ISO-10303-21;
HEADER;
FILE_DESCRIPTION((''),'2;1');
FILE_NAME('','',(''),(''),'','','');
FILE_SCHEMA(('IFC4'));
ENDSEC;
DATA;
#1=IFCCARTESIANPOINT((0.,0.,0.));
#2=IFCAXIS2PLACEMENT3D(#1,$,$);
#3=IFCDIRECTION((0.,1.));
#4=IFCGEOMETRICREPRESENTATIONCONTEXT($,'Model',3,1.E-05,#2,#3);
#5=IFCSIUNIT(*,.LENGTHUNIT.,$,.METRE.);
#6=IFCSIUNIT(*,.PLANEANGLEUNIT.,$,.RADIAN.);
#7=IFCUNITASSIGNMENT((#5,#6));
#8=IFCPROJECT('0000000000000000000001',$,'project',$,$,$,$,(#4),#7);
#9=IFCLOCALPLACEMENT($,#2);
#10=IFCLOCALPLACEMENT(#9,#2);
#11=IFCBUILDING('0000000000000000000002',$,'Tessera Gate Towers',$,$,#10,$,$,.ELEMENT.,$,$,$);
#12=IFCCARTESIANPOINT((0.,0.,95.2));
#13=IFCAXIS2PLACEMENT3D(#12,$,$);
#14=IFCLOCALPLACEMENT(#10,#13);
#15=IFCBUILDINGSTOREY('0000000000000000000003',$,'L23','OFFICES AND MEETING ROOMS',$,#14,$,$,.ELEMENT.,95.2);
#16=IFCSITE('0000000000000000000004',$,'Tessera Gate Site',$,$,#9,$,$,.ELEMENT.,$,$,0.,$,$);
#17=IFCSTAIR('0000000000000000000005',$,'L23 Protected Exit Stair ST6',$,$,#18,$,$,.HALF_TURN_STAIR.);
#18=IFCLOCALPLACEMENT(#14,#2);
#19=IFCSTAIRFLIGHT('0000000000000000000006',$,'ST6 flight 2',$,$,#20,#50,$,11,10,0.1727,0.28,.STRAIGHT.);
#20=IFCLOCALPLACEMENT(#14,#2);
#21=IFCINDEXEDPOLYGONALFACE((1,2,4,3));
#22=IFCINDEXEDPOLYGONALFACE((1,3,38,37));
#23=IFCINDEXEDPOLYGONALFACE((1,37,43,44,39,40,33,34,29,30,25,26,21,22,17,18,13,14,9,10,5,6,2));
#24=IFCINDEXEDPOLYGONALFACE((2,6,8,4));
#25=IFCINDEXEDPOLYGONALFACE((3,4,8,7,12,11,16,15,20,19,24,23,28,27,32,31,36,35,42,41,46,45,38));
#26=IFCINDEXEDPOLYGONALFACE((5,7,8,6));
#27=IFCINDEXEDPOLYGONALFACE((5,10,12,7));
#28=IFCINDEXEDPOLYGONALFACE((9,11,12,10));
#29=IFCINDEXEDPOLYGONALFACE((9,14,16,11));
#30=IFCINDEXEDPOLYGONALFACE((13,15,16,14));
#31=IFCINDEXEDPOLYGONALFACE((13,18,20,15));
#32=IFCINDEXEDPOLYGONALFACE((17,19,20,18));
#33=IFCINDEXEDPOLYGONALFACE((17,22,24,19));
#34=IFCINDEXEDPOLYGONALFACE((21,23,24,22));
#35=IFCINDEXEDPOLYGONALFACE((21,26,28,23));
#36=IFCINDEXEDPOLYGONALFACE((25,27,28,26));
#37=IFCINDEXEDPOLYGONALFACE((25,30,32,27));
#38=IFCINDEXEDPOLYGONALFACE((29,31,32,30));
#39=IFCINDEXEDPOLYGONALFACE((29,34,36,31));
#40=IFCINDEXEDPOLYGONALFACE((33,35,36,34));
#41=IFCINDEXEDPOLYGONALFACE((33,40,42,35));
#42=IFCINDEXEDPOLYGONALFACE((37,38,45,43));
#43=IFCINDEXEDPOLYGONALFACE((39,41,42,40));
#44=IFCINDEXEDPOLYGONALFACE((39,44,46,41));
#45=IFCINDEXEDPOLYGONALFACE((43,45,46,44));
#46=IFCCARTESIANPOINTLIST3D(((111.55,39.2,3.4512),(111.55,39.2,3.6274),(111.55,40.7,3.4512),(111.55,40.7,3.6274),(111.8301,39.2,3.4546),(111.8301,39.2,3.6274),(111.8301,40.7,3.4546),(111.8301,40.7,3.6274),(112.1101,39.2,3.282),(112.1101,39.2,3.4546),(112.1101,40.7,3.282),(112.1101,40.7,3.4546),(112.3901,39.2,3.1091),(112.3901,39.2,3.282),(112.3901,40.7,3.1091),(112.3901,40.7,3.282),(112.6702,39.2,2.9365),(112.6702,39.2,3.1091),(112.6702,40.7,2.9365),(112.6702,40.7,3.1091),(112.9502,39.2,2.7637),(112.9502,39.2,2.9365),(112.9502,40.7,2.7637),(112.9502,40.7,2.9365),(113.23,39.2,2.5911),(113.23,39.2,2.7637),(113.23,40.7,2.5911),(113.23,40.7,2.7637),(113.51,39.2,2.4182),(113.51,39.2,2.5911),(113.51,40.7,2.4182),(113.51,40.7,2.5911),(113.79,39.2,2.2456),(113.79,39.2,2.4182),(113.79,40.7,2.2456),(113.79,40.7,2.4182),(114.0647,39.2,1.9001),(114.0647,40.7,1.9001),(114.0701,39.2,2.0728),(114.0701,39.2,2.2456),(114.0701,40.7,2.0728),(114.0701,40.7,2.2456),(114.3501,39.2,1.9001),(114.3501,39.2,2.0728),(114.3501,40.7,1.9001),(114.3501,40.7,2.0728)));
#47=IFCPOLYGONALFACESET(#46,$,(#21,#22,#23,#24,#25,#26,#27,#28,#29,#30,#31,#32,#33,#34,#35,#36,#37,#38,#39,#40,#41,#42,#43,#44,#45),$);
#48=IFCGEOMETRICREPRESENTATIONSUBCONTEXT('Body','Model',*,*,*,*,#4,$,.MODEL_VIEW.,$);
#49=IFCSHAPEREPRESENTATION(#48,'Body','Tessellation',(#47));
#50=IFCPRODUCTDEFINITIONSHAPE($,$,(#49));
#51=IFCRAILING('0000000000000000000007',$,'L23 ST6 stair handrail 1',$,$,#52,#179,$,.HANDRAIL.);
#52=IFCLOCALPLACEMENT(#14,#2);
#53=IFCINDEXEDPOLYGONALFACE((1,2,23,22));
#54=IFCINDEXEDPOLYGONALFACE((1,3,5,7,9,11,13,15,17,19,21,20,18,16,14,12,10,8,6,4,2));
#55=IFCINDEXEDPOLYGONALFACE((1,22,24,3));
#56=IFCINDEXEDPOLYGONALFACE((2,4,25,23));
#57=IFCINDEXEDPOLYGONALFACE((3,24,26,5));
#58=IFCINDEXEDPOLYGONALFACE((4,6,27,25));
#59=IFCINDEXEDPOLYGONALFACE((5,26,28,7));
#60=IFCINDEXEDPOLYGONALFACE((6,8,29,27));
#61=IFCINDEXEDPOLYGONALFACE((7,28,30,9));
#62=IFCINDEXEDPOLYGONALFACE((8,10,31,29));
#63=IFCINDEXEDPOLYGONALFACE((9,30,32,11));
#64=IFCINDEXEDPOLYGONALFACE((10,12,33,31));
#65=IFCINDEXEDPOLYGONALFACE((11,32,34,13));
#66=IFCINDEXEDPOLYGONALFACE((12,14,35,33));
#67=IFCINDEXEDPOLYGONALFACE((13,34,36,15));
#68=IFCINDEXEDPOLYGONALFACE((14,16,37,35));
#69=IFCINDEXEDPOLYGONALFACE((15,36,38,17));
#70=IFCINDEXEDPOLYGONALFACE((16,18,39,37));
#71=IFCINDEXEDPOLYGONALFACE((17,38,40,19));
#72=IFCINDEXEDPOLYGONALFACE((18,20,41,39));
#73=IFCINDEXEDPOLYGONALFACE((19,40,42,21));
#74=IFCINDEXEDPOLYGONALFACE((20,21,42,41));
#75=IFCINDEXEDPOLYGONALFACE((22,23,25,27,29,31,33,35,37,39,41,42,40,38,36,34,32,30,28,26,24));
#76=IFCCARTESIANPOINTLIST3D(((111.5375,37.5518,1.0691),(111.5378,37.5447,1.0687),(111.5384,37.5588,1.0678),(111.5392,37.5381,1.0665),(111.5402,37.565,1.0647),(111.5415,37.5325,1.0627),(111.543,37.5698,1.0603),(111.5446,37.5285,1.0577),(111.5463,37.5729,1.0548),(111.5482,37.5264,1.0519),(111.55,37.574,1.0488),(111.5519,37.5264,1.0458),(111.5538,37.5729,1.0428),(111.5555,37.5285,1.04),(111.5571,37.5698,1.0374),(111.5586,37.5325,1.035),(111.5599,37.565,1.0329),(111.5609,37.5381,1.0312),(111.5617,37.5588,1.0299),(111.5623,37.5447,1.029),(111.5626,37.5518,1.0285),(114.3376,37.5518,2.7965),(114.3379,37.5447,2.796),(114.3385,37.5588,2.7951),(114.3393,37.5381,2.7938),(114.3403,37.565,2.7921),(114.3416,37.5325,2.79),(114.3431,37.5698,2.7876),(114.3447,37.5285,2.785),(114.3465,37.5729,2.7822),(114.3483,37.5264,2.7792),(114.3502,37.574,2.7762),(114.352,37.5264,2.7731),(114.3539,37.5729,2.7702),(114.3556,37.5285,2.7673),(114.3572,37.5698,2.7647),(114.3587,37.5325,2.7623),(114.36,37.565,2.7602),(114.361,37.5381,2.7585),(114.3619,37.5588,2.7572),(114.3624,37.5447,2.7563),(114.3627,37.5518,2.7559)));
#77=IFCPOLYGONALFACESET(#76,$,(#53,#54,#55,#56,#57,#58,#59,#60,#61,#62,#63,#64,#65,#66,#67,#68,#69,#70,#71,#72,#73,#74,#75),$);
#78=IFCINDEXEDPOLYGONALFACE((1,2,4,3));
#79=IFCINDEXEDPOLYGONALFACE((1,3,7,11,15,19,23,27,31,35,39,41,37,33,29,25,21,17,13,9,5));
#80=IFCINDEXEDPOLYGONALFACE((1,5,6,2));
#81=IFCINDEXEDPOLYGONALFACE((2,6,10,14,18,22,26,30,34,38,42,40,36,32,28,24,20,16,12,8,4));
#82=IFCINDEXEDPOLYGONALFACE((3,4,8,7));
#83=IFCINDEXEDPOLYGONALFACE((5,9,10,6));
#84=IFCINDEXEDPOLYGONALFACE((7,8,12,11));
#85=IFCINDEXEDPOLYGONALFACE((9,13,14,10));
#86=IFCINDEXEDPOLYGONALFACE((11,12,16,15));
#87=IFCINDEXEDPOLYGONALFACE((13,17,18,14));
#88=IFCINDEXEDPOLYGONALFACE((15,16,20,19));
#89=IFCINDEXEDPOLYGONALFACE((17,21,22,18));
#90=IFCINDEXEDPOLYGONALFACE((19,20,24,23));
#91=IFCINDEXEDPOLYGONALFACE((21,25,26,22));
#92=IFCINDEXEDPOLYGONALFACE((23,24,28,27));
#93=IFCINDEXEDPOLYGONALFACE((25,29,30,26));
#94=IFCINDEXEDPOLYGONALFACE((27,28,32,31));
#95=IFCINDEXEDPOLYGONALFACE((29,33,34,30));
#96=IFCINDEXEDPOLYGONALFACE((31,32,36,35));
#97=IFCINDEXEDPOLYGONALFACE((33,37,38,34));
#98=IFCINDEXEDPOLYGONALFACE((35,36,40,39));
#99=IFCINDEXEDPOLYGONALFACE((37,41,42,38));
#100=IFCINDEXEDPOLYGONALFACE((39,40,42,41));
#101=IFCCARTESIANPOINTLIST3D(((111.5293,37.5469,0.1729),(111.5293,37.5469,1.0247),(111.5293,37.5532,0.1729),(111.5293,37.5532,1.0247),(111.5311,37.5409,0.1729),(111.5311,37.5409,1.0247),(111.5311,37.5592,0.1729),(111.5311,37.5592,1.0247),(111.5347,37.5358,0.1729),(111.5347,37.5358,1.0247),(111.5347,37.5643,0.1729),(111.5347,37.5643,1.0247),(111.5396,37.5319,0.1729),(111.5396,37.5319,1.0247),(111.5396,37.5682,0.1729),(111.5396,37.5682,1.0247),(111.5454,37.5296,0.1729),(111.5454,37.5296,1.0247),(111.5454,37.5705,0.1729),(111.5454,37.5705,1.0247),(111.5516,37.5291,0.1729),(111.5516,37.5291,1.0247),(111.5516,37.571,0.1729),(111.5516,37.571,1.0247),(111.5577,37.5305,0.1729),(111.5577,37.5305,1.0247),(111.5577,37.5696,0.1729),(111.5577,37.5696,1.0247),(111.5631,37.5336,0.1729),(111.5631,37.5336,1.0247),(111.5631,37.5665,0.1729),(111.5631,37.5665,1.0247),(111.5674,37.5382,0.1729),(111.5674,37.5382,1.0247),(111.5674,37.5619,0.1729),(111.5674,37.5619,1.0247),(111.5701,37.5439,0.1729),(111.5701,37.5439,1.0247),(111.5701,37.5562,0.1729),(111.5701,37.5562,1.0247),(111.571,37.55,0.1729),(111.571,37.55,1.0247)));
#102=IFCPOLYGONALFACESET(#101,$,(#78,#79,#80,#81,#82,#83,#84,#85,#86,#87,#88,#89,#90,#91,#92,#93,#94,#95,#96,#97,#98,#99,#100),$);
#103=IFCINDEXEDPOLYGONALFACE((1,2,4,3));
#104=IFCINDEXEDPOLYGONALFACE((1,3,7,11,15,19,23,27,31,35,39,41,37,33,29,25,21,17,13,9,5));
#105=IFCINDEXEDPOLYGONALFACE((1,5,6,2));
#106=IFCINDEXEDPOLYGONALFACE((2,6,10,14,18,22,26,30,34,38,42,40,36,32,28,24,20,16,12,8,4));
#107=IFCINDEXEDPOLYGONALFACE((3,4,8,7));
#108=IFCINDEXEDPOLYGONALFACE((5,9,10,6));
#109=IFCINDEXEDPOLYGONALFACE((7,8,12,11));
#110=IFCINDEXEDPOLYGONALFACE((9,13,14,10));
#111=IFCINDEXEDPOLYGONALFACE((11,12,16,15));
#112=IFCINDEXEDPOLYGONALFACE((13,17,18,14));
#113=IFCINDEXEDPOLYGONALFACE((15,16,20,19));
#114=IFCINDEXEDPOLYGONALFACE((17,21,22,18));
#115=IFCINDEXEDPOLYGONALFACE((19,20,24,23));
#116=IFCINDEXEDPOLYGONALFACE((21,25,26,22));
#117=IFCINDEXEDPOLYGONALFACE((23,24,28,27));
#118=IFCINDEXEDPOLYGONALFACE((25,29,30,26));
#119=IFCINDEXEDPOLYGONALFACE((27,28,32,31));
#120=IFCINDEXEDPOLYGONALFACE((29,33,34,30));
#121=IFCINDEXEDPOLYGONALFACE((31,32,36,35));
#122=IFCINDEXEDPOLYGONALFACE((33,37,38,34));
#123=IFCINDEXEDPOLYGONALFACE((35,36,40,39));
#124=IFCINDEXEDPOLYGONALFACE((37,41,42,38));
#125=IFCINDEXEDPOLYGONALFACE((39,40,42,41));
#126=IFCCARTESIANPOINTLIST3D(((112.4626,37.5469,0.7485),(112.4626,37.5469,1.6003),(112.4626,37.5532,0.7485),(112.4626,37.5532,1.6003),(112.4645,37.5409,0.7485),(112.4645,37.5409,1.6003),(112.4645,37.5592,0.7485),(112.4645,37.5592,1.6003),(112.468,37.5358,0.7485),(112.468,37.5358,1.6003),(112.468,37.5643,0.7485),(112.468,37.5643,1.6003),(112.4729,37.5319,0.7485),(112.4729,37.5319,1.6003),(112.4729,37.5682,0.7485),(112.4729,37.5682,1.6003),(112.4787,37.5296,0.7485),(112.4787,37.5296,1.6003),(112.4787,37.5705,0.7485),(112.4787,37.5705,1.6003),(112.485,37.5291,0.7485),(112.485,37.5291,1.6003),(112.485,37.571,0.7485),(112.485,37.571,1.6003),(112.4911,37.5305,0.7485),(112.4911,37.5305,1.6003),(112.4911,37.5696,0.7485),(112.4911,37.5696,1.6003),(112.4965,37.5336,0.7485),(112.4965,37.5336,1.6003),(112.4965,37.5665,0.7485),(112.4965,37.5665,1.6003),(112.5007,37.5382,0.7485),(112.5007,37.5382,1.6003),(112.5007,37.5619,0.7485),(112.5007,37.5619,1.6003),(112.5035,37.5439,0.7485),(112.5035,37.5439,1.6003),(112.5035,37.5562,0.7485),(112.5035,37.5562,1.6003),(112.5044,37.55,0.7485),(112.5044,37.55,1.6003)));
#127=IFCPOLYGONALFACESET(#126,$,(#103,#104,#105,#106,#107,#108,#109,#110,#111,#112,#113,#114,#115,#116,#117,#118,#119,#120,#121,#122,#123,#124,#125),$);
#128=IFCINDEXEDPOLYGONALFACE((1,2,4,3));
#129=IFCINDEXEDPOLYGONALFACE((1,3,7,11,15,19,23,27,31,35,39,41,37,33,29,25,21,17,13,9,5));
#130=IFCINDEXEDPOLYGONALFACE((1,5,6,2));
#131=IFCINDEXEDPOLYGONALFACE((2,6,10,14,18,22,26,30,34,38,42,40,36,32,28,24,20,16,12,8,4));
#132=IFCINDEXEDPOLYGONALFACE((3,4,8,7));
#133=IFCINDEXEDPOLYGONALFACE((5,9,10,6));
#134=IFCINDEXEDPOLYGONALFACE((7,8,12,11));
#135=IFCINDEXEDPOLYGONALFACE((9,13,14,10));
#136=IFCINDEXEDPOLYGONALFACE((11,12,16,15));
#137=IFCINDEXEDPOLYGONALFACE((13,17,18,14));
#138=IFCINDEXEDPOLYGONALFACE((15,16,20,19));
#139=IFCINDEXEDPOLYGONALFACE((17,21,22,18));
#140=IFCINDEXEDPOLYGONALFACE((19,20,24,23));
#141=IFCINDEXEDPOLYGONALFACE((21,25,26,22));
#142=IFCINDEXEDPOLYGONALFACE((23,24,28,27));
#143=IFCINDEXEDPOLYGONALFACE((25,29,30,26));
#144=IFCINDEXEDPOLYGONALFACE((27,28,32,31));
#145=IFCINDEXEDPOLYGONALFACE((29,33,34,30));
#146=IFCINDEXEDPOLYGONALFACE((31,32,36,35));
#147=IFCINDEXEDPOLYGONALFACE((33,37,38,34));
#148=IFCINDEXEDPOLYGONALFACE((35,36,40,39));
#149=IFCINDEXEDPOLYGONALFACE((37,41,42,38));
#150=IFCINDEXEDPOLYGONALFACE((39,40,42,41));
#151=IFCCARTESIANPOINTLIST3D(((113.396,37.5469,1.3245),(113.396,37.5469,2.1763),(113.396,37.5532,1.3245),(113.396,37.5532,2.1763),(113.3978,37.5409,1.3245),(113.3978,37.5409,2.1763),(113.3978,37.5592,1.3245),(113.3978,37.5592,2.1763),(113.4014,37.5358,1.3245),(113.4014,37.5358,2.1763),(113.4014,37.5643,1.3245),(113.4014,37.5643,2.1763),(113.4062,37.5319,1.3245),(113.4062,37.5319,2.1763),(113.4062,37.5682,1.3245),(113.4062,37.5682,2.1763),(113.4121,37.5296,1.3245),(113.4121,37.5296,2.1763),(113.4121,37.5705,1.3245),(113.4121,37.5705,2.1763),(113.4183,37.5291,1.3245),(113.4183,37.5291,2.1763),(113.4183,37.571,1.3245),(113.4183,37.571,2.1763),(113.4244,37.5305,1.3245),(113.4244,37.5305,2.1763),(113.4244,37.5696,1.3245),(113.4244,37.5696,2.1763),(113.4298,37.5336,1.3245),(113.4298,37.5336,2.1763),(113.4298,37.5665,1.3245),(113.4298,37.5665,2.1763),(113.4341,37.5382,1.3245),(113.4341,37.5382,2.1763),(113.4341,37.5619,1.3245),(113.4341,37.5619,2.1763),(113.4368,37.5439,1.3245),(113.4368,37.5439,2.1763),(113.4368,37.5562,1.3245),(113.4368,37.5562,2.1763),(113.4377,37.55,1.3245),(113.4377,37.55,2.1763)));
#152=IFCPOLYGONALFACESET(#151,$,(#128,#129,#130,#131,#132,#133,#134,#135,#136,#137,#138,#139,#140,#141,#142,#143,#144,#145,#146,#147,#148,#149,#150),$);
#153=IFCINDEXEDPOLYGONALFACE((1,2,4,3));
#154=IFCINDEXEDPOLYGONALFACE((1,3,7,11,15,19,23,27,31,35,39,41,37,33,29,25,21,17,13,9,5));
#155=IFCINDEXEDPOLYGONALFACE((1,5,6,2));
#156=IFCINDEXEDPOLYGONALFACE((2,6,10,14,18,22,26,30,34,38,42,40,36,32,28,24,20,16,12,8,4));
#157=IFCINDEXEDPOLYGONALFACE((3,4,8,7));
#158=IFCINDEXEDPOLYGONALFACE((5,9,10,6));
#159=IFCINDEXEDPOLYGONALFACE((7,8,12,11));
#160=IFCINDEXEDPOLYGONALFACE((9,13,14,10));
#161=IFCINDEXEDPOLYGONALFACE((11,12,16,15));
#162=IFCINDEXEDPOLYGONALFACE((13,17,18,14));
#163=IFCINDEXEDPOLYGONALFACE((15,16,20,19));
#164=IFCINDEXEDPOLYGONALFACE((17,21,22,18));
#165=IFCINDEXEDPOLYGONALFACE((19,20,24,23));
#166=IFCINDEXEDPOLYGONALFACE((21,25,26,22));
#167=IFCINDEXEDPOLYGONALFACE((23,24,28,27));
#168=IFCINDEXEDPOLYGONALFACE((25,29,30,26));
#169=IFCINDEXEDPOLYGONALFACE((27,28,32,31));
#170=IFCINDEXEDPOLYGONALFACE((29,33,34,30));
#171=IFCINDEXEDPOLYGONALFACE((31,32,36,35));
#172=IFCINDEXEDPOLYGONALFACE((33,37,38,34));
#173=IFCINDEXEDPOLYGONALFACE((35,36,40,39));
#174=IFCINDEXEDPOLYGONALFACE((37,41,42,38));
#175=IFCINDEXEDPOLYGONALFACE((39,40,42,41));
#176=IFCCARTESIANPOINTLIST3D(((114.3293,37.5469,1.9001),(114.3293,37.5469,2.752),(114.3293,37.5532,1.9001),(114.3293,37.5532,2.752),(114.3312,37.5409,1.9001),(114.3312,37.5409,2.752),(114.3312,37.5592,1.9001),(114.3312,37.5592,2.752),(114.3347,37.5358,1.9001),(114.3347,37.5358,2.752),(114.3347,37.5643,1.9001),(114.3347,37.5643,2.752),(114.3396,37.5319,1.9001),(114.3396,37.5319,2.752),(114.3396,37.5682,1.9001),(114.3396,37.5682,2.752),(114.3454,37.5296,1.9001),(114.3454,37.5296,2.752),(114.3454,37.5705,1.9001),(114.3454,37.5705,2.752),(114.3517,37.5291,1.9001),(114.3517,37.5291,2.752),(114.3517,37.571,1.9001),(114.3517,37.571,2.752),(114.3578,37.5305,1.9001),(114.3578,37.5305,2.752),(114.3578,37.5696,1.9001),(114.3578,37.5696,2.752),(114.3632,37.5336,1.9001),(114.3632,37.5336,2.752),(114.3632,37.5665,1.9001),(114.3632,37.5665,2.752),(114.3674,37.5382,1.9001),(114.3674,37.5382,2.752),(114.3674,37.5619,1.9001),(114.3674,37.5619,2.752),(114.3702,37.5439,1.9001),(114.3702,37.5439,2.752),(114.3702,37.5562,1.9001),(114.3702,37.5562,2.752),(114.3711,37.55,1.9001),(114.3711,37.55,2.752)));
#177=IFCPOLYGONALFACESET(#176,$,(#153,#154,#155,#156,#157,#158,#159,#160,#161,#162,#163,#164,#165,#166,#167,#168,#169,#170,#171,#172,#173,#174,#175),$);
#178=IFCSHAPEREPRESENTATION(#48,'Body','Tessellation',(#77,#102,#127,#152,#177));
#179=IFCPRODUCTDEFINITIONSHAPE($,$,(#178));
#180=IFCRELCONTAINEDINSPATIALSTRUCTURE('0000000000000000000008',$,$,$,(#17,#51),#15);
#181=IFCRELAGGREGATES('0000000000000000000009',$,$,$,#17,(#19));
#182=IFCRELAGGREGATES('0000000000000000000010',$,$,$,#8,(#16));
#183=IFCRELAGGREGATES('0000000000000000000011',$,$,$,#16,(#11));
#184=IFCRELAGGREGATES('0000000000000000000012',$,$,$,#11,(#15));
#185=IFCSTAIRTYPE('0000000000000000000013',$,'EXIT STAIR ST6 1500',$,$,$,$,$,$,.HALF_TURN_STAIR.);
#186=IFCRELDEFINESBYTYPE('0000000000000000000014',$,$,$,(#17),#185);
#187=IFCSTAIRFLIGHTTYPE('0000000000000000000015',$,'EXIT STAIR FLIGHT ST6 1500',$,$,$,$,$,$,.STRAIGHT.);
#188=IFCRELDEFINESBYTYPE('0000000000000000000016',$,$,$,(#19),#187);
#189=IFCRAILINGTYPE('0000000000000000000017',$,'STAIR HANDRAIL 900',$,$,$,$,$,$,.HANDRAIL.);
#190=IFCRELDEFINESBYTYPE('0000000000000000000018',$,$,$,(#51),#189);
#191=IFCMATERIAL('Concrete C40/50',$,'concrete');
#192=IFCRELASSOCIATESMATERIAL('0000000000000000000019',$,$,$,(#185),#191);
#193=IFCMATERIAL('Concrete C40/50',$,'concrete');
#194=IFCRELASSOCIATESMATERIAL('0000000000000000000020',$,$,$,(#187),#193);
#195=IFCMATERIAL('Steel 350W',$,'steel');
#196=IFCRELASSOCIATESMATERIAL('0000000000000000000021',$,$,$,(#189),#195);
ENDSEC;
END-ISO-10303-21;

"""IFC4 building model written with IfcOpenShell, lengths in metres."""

from ifc_helpers import new_model, si_unit, direction, frame, origin, origin_2d, place, context, subcontext, project, spatial, polyline, circle, outline, extrude, material, type_object, element, aggregate, save


model = new_model("IFC4")

# Units and contexts
model_context = context("Model", 3, precision=1e-05, world=origin(), true_north=direction((0.0, 1.0)))
body_context = subcontext(model_context, "Body", "Model", "MODEL_VIEW")
ifc_project = project(units=[si_unit("LENGTHUNIT", "METRE"), si_unit("PLANEANGLEUNIT", "RADIAN")], contexts=[model_context])

# Site, building, storey
site_placement = place(None, origin())
site = spatial("IfcSite", under=ifc_project, at=site_placement, Name="Tessera Gate Site", CompositionType="ELEMENT", RefElevation=0.0)
building_placement = place(site_placement, origin())
building = spatial("IfcBuilding", under=site, at=building_placement, Name="Tessera Gate Towers", CompositionType="ELEMENT")
storey_placement = place(building_placement, frame((0.0, 0.0, 95.2)))
storey = spatial("IfcBuildingStorey", under=building, at=storey_placement, Name="L23", Description="OFFICES AND MEETING ROOMS", CompositionType="ELEMENT", Elevation=95.2)

# Stair, stair flight
ifc_material_1 = material(Name="Concrete C40/50", Category="concrete")
stair_type = type_object("IfcStairType", Name="EXIT STAIR ST6 1500", PredefinedType="HALF_TURN_STAIR", material=ifc_material_1)
stair_placement = place(storey_placement, origin())
stair = element("IfcStair", 1, at=stair_placement, inside=storey, type_object=stair_type, Name="L23 Protected Exit Stair ST6", PredefinedType="HALF_TURN_STAIR")
ifc_material_2 = material(Name="Concrete C40/50", Category="concrete")
stair_flight_type = type_object("IfcStairFlightType", Name="EXIT STAIR FLIGHT ST6 1500", PredefinedType="STRAIGHT", material=ifc_material_2)
stair_flight_1_placement = place(storey_placement, frame((114.3501, 39.95, 1.9001), z_axis=(0.0, 0.0, 1.0), x_axis=(-1.0, 0.0, 0.0)))
stair_flight_1 = element("IfcStairFlight", 2, at=stair_flight_1_placement, type_object=stair_flight_type, Name="ST6 flight 2", NumberOfRisers=11, NumberOfTreads=10, PredefinedType="STRAIGHT", RiserHeight=0.1727, TreadLength=0.28, context=body_context, shape_type="SweptSolid", body=[
    extrude(outline(polyline([(0.0, 0.0), (0.0, 0.1726), (0.28, 0.1726), (0.28, 0.3455), (0.5601, 0.3455), (0.5601, 0.5181), (0.8401, 0.5181), (0.8401, 0.6909), (1.1201, 0.6909), (1.1201, 0.8635), (1.3999, 0.8635), (1.3999, 1.0364), (1.6799, 1.0364), (1.6799, 1.209), (1.96, 1.209), (1.96, 1.3818), (2.24, 1.3818), (2.24, 1.5544), (2.52, 1.5544), (2.52, 1.7273), (2.8, 1.7273), (2.8, 1.8999), (2.8, 1.551), (0.2854, 0.0), (0.0, 0.0)])), frame((0.0, 0.75, 0.0), z_axis=(0.0, -1.0, 0.0), x_axis=(1.0, 0.0, 0.0)), (0.0, 0.0, 1.0), 1.5),
])
aggregate(stair, [stair_flight_1])

# Railing
ifc_material_3 = material(Name="Steel 350W", Category="steel")
railing_type_1 = type_object("IfcRailingType", Name="STAIR HANDRAIL 900", PredefinedType="HANDRAIL", material=ifc_material_3)
railing_1_placement = place(storey_placement, frame((111.55, 37.55, 0.1729)))
element("IfcRailing", 3, at=railing_1_placement, inside=storey, type_object=railing_type_1, Name="L23 ST6 stair handrail 1", PredefinedType="HANDRAIL", context=body_context, shape_type="SweptSolid", body=[
    extrude(circle(Radius=0.0239, at=origin_2d()), frame((0.0, 0.0, 0.876), z_axis=(0.85109, 0.0, 0.52502), x_axis=(0.0, 1.0, 0.0)), (0.0, 0.0, 1.0), 3.29),
    extrude(circle(Radius=0.021, at=origin_2d()), origin(), (0.0, 0.0, 1.0), 0.8518),
    extrude(circle(Radius=0.021, at=origin_2d()), frame((0.9333, 0.0, 0.5757)), (0.0, 0.0, 1.0), 0.8518),
    extrude(circle(Radius=0.021, at=origin_2d()), frame((1.8667, 0.0, 1.1516)), (0.0, 0.0, 1.0), 0.8518),
    extrude(circle(Radius=0.021, at=origin_2d()), frame((2.8, 0.0, 1.7273)), (0.0, 0.0, 1.0), 0.8518),
])

save(model, "model.ifc")
